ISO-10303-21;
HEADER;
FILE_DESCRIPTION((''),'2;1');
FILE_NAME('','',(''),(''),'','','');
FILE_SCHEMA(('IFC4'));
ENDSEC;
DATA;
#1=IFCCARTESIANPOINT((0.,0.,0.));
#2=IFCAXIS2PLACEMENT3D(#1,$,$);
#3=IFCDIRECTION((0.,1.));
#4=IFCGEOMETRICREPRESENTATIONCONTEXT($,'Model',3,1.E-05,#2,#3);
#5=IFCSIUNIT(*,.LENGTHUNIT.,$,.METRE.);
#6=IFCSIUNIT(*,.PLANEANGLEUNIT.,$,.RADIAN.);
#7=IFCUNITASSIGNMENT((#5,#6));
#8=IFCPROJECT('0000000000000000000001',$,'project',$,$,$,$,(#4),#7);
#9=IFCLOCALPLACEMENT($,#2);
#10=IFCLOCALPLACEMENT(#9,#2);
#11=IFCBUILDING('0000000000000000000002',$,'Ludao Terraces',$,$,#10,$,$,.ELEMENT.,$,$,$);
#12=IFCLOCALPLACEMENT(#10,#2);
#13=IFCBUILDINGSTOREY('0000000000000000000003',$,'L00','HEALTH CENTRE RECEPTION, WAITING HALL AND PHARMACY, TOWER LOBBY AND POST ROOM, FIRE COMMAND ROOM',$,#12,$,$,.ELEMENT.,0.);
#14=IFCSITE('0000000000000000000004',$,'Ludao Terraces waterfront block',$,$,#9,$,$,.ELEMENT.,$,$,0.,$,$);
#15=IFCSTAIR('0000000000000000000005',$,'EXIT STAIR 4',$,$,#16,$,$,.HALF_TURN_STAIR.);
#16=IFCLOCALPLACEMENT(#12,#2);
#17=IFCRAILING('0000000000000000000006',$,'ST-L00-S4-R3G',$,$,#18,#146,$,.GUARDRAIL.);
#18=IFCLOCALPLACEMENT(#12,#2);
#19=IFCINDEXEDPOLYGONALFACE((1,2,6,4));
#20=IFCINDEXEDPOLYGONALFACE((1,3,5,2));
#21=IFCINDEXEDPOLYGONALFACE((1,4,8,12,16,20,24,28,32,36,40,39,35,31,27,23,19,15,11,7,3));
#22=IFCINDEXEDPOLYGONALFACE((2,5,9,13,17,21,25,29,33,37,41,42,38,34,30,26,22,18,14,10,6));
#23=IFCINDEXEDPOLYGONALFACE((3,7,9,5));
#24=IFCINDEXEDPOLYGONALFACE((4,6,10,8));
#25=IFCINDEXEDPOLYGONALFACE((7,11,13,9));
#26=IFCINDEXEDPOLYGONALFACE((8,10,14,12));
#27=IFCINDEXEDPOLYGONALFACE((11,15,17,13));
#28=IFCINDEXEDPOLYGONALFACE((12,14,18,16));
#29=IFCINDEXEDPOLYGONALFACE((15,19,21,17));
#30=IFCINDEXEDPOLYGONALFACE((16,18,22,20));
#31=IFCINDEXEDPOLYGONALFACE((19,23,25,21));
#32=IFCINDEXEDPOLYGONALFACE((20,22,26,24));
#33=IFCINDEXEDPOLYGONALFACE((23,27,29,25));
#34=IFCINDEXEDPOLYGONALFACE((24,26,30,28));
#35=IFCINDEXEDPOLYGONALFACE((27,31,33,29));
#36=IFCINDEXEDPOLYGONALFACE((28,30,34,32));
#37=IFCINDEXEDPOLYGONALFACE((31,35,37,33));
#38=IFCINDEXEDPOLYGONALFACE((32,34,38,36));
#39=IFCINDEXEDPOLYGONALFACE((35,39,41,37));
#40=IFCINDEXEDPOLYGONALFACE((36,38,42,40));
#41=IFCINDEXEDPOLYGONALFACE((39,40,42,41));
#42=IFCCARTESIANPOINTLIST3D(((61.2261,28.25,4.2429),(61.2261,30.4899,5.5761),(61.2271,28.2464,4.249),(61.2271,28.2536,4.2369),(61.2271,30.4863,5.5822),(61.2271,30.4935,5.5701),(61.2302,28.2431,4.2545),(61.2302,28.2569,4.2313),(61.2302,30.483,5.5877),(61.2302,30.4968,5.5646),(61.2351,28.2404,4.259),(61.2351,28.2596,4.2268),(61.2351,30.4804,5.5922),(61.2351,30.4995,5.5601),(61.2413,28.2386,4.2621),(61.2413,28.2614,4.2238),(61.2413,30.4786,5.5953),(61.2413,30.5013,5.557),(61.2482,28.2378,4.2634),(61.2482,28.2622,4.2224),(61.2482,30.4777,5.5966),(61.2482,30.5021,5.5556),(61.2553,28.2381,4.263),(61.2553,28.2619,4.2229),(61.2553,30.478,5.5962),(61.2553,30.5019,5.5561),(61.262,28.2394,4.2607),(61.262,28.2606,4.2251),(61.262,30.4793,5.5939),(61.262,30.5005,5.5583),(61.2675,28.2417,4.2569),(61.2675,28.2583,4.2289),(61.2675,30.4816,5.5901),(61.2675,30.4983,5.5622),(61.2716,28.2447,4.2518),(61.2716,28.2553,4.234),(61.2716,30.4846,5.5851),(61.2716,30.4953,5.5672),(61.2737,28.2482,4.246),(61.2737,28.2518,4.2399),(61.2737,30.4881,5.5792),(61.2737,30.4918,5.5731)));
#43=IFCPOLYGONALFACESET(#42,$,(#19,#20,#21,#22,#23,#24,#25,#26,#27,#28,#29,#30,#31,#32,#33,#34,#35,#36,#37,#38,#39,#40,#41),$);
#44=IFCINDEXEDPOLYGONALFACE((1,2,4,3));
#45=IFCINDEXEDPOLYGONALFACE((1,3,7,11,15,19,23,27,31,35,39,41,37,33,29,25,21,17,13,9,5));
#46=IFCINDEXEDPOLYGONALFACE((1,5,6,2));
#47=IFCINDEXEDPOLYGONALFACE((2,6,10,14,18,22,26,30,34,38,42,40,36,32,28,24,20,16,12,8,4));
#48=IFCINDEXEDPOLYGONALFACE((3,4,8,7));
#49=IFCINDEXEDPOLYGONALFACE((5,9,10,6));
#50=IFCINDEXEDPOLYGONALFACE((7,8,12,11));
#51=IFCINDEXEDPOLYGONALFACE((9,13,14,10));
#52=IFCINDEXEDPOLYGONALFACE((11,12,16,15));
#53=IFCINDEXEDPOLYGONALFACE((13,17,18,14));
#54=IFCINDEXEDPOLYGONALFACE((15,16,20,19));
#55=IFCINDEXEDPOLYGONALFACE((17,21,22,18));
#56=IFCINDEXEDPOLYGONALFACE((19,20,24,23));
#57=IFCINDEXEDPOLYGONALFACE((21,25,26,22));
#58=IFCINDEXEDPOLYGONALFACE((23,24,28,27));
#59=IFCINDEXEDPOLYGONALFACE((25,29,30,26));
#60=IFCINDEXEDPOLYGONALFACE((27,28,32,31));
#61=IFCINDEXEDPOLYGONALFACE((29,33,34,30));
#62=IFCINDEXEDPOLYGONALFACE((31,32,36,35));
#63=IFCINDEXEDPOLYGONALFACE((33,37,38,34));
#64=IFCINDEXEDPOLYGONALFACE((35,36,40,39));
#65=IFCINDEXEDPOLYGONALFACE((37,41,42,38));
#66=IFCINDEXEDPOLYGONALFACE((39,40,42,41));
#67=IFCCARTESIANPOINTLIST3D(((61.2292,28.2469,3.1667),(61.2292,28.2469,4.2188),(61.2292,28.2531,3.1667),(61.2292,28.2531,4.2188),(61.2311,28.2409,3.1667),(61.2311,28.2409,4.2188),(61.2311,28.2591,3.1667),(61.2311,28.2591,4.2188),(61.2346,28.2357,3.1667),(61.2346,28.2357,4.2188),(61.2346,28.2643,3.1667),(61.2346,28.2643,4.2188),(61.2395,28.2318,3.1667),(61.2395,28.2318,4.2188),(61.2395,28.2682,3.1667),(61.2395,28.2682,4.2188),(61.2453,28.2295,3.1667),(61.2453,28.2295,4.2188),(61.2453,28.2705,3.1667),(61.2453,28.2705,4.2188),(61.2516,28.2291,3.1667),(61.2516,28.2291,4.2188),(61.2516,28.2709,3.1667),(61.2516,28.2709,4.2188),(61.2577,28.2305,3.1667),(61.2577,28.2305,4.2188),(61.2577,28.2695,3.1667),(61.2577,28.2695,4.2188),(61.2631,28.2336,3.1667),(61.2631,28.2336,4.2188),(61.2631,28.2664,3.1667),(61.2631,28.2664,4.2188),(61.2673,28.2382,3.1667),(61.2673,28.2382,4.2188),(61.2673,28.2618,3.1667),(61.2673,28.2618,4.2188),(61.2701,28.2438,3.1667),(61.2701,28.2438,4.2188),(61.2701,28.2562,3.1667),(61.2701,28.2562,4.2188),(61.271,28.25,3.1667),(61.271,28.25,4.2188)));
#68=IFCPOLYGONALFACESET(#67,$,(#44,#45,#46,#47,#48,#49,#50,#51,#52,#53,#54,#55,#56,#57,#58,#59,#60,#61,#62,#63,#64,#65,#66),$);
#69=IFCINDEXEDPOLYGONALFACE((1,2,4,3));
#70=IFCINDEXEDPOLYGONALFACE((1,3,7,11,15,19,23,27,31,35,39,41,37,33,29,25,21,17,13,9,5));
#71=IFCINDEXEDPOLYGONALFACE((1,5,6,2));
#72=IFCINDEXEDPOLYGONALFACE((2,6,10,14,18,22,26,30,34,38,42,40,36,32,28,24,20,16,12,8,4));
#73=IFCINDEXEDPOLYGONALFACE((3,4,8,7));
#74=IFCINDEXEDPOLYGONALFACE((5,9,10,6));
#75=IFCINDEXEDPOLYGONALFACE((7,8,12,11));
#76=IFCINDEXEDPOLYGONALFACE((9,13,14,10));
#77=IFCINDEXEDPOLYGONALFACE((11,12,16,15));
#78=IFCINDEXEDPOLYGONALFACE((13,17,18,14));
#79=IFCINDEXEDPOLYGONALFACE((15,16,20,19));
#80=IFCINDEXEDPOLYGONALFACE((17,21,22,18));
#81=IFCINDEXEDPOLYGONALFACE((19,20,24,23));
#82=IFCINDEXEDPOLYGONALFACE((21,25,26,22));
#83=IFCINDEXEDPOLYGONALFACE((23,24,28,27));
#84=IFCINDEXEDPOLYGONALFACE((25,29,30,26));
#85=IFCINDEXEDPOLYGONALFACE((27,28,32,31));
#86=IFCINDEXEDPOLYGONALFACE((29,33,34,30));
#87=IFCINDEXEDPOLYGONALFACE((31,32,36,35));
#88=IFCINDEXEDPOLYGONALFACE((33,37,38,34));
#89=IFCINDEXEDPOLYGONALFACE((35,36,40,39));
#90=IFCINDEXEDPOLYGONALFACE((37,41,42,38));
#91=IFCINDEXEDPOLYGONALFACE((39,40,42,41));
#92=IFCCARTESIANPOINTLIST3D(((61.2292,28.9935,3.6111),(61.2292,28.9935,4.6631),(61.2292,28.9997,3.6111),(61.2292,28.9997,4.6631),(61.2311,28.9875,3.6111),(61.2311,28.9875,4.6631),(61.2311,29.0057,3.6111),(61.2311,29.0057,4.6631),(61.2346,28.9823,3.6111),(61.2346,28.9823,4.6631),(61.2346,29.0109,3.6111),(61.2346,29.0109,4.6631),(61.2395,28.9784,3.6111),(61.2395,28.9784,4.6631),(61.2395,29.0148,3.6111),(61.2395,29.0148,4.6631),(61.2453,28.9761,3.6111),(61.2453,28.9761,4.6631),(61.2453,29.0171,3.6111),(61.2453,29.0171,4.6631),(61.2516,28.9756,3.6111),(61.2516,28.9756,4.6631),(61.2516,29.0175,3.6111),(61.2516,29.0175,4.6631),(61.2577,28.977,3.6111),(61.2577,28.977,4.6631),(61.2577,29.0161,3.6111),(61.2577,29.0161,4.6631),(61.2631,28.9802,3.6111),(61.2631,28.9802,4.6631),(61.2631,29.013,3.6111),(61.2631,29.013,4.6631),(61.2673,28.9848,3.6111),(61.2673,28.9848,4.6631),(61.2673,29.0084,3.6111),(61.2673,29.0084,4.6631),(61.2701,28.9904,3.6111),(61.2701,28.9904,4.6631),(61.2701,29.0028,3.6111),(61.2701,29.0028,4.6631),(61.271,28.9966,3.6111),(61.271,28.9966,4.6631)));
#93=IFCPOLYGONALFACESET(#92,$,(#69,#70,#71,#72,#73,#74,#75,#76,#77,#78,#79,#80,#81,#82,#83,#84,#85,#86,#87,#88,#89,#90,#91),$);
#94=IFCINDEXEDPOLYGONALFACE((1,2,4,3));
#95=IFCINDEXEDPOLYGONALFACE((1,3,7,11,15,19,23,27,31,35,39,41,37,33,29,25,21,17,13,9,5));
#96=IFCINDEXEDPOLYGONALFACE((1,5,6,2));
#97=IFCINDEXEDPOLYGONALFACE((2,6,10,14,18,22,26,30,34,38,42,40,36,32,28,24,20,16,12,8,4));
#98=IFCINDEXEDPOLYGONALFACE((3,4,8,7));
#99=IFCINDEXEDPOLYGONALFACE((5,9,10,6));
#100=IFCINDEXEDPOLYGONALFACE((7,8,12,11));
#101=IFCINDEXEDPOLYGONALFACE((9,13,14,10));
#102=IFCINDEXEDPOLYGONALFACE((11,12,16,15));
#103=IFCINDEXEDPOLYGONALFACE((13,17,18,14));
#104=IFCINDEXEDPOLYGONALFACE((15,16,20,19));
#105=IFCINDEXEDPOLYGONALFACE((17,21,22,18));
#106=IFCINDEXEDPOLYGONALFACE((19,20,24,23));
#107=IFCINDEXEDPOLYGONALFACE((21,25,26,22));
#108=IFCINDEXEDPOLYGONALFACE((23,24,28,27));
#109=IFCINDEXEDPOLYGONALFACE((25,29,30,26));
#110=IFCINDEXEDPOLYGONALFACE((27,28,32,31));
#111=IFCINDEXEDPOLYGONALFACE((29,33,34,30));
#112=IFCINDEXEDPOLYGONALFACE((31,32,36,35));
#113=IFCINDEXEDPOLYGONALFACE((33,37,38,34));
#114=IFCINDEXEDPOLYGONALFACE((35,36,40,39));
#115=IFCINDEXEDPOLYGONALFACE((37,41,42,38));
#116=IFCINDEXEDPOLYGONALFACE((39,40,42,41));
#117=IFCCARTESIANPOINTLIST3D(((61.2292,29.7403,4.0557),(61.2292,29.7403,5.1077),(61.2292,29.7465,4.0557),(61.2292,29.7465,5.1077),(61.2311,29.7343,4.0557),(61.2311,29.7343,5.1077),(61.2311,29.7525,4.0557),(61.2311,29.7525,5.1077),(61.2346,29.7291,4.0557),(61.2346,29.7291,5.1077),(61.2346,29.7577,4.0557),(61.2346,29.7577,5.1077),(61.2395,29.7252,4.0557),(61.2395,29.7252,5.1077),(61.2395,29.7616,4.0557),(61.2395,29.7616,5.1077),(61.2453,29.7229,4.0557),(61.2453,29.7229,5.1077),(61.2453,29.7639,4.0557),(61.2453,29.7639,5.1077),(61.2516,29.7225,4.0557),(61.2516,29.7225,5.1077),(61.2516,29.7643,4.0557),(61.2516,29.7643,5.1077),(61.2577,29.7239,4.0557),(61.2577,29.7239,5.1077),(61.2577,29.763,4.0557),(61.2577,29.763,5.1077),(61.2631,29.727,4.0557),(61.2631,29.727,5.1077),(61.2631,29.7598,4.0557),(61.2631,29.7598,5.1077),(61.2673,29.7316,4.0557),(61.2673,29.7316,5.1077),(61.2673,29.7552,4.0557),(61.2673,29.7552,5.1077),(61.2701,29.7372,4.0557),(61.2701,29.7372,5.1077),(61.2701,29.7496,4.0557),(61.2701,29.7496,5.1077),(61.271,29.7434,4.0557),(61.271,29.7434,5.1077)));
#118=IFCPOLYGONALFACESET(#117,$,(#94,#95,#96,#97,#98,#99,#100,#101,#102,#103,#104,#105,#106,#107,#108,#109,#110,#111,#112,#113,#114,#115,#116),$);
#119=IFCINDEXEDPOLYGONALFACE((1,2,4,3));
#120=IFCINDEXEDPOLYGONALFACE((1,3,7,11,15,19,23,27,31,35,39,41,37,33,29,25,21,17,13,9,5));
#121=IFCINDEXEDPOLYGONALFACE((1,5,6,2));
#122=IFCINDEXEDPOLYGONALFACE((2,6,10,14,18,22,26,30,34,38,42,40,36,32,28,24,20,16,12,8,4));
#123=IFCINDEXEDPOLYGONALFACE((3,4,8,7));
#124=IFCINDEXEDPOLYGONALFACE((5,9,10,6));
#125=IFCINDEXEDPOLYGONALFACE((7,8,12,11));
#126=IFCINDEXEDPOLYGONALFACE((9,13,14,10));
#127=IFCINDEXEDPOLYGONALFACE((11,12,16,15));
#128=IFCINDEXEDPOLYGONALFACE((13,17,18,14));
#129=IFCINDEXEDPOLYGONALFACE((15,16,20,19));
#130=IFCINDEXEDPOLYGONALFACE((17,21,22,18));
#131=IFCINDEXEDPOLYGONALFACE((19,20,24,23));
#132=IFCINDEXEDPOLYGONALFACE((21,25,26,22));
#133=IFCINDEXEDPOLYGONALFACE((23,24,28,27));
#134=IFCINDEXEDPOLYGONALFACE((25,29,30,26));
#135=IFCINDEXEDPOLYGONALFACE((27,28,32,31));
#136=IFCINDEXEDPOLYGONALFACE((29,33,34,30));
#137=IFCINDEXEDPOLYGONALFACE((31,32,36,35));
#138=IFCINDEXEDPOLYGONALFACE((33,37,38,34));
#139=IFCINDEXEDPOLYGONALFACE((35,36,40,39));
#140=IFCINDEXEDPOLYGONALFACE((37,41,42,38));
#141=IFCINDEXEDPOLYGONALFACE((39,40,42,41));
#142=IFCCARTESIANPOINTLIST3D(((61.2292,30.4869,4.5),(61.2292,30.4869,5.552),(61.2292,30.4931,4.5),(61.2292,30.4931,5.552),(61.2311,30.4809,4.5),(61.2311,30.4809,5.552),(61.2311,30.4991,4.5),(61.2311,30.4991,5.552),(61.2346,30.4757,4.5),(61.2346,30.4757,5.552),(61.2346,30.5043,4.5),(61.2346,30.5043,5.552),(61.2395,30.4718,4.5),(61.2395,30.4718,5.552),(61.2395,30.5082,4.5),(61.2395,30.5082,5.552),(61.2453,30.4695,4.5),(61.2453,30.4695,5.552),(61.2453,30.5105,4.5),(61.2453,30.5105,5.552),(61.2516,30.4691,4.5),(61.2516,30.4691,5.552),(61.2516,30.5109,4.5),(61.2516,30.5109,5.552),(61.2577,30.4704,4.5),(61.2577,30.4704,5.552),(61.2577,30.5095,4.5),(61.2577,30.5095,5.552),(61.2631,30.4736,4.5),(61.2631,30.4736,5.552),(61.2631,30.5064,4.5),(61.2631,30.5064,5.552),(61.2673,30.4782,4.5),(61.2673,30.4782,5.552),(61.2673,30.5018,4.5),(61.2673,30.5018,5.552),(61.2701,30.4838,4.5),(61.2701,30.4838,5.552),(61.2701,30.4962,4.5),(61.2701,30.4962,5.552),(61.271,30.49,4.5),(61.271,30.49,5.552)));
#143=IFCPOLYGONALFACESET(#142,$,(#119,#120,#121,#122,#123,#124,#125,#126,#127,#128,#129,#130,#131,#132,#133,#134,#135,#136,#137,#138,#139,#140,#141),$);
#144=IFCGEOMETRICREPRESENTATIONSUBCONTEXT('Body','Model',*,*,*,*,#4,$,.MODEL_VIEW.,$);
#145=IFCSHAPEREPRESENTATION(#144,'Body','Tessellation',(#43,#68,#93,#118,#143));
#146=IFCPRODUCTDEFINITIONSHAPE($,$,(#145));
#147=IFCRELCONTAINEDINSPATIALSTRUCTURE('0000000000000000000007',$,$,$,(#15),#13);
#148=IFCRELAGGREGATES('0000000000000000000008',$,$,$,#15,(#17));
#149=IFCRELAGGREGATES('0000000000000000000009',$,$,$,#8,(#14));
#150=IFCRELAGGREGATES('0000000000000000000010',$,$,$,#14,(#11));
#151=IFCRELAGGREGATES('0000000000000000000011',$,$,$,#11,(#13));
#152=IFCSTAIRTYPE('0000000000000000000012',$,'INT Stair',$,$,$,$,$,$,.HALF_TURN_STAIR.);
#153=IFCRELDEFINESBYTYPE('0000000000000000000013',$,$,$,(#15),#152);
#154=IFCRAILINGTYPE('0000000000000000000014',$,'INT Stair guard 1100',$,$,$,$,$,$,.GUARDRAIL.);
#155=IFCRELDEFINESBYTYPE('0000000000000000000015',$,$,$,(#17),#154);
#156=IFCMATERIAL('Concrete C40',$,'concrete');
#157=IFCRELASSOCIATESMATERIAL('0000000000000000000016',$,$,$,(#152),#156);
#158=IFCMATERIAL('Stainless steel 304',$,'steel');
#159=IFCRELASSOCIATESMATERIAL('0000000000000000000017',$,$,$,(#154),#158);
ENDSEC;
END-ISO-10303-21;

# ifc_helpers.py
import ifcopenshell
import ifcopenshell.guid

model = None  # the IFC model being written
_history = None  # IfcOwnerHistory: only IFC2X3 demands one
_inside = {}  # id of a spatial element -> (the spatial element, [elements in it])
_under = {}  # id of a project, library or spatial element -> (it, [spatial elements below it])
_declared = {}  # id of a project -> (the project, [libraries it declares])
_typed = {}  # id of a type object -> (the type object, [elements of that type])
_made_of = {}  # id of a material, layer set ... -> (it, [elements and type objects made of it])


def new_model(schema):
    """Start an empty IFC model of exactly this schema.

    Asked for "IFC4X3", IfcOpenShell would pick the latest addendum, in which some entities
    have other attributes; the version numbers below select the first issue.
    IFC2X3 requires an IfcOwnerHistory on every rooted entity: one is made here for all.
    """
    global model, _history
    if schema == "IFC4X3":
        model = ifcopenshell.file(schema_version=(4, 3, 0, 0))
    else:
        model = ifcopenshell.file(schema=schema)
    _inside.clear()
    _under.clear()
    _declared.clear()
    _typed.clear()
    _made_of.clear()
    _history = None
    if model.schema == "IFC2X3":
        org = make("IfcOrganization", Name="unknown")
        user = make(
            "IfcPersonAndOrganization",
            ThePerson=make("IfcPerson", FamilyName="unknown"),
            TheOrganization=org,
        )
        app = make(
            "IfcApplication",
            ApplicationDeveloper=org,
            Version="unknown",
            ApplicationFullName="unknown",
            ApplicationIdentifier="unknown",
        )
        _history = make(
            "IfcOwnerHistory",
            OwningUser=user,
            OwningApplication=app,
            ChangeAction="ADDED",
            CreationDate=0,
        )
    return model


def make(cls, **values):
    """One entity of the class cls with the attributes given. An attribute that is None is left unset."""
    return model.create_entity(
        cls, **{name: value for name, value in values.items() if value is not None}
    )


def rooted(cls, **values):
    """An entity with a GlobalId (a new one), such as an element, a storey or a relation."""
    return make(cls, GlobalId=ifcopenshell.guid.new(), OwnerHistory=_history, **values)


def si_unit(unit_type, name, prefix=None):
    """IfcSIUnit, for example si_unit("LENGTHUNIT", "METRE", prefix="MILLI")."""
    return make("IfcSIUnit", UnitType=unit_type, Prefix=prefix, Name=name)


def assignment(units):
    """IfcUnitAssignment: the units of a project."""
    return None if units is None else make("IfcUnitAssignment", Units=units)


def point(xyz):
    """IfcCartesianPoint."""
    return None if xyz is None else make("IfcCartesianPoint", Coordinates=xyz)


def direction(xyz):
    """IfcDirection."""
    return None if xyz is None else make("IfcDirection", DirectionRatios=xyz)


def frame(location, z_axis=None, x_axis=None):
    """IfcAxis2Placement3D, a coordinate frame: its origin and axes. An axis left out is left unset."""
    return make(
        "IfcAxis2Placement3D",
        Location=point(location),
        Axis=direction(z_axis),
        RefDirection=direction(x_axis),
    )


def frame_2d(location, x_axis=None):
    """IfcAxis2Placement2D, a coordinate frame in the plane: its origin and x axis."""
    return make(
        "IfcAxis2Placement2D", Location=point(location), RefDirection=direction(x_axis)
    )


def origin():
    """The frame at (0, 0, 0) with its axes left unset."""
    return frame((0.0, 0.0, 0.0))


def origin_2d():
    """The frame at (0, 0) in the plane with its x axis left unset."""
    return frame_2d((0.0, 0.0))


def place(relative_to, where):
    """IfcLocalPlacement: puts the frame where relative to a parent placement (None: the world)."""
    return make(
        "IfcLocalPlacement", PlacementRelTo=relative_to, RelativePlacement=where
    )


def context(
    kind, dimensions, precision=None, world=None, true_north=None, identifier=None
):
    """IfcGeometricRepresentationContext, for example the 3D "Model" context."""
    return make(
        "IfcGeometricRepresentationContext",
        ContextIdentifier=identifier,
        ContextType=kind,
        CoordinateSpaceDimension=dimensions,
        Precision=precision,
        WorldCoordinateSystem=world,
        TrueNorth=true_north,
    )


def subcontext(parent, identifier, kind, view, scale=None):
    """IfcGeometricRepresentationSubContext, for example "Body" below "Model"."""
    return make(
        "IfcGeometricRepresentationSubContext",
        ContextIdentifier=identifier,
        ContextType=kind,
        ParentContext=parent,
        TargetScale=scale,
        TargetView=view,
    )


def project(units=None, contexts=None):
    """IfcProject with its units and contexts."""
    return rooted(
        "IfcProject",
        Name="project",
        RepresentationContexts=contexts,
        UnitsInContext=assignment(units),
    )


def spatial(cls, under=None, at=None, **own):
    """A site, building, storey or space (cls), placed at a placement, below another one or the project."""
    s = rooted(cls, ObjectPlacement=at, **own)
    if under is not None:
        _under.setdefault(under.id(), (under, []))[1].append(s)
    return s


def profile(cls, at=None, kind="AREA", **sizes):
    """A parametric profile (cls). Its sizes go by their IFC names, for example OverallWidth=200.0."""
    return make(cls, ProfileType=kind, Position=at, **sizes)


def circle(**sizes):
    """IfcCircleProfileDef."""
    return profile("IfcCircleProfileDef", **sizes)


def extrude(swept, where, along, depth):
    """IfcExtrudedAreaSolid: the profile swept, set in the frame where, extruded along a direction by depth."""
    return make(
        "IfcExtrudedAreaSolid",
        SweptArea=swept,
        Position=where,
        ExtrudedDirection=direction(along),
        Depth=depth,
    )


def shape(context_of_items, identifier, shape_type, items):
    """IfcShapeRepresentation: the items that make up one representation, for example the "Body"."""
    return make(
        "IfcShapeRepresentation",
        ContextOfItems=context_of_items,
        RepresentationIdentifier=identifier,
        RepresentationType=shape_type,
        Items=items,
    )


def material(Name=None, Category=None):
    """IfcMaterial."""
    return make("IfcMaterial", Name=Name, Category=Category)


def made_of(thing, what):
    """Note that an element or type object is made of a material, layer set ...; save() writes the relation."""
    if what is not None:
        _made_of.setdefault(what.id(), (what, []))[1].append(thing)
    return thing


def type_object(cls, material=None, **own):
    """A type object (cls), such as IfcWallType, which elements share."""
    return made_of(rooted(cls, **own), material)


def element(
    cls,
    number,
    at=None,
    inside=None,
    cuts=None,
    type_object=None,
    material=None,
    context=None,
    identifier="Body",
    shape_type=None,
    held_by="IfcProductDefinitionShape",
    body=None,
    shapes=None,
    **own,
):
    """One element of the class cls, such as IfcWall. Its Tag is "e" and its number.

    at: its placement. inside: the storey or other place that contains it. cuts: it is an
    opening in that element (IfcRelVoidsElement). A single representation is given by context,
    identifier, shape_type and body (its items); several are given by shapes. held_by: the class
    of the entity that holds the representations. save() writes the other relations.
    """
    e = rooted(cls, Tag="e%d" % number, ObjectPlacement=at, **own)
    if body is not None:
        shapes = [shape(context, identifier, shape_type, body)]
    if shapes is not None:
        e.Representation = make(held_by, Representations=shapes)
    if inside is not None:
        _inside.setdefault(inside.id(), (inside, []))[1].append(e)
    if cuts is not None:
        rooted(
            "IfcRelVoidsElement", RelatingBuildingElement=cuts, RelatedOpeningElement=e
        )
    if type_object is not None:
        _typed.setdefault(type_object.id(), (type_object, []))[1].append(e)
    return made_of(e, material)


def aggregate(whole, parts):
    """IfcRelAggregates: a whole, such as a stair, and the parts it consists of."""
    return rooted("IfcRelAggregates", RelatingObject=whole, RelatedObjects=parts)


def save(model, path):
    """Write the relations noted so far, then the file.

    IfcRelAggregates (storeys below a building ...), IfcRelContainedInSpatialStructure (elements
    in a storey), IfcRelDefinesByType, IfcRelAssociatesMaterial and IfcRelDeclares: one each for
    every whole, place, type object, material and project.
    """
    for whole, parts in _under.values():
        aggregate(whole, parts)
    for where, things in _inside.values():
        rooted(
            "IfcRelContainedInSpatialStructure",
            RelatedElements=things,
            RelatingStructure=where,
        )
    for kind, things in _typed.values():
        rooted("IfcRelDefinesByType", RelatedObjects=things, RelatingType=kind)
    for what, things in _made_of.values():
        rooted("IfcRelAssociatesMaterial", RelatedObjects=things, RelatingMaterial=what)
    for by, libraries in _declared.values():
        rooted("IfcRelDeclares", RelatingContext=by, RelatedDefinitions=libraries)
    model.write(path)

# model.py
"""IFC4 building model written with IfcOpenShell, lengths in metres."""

from ifc_helpers import new_model, si_unit, direction, frame, origin, origin_2d, place, context, subcontext, project, spatial, circle, extrude, material, type_object, element, aggregate, save


model = new_model("IFC4")

# Units and contexts
model_context = context("Model", 3, precision=1e-05, world=origin(), true_north=direction((0.0, 1.0)))
body_context = subcontext(model_context, "Body", "Model", "MODEL_VIEW")
ifc_project = project(units=[si_unit("LENGTHUNIT", "METRE"), si_unit("PLANEANGLEUNIT", "RADIAN")], contexts=[model_context])

# Site, building, storey
site_placement = place(None, origin())
site = spatial("IfcSite", under=ifc_project, at=site_placement, Name="Ludao Terraces waterfront block", CompositionType="ELEMENT", RefElevation=0.0)
building_placement = place(site_placement, origin())
building = spatial("IfcBuilding", under=site, at=building_placement, Name="Ludao Terraces", CompositionType="ELEMENT")
storey_placement = place(building_placement, origin())
storey = spatial("IfcBuildingStorey", under=building, at=storey_placement, Name="L00", Description="HEALTH CENTRE RECEPTION, WAITING HALL AND PHARMACY, TOWER LOBBY AND POST ROOM, FIRE COMMAND ROOM", CompositionType="ELEMENT", Elevation=0.0)

# Shared definitions
ifc_material_1 = material(Name="Concrete C40", Category="concrete")

# Stair, railing
stair_type = type_object("IfcStairType", Name="INT Stair", PredefinedType="HALF_TURN_STAIR", material=ifc_material_1)
stair_placement = place(storey_placement, origin())
stair = element("IfcStair", 1, at=stair_placement, inside=storey, type_object=stair_type, Name="EXIT STAIR 4", PredefinedType="HALF_TURN_STAIR")
ifc_material_2 = material(Name="Stainless steel 304", Category="steel")
railing_type_1 = type_object("IfcRailingType", Name="INT Stair guard 1100", PredefinedType="GUARDRAIL", material=ifc_material_2)
railing_1_placement = place(storey_placement, frame((61.25, 28.25, 3.1667)))
railing_1 = element("IfcRailing", 2, at=railing_1_placement, type_object=railing_type_1, Name="ST-L00-S4-R3G", PredefinedType="GUARDRAIL", context=body_context, shape_type="SweptSolid", body=[
    extrude(circle(Radius=0.0239, at=origin_2d()), frame((0.0, 0.0, 1.0762), z_axis=(0.0, 0.859306, 0.511462), x_axis=(-1.0, 0.0, 0.0)), (0.0, 0.0, 1.0), 2.6067),
    extrude(circle(Radius=0.021, at=origin_2d()), origin(), (0.0, 0.0, 1.0), 1.052),
    extrude(circle(Radius=0.021, at=origin_2d()), frame((0.0, 0.7466, 0.4443)), (0.0, 0.0, 1.0), 1.052),
    extrude(circle(Radius=0.021, at=origin_2d()), frame((0.0, 1.4934, 0.8889)), (0.0, 0.0, 1.0), 1.052),
    extrude(circle(Radius=0.021, at=origin_2d()), frame((0.0, 2.24, 1.3333)), (0.0, 0.0, 1.0), 1.052),
])
aggregate(stair, [railing_1])

save(model, "model.ifc")
